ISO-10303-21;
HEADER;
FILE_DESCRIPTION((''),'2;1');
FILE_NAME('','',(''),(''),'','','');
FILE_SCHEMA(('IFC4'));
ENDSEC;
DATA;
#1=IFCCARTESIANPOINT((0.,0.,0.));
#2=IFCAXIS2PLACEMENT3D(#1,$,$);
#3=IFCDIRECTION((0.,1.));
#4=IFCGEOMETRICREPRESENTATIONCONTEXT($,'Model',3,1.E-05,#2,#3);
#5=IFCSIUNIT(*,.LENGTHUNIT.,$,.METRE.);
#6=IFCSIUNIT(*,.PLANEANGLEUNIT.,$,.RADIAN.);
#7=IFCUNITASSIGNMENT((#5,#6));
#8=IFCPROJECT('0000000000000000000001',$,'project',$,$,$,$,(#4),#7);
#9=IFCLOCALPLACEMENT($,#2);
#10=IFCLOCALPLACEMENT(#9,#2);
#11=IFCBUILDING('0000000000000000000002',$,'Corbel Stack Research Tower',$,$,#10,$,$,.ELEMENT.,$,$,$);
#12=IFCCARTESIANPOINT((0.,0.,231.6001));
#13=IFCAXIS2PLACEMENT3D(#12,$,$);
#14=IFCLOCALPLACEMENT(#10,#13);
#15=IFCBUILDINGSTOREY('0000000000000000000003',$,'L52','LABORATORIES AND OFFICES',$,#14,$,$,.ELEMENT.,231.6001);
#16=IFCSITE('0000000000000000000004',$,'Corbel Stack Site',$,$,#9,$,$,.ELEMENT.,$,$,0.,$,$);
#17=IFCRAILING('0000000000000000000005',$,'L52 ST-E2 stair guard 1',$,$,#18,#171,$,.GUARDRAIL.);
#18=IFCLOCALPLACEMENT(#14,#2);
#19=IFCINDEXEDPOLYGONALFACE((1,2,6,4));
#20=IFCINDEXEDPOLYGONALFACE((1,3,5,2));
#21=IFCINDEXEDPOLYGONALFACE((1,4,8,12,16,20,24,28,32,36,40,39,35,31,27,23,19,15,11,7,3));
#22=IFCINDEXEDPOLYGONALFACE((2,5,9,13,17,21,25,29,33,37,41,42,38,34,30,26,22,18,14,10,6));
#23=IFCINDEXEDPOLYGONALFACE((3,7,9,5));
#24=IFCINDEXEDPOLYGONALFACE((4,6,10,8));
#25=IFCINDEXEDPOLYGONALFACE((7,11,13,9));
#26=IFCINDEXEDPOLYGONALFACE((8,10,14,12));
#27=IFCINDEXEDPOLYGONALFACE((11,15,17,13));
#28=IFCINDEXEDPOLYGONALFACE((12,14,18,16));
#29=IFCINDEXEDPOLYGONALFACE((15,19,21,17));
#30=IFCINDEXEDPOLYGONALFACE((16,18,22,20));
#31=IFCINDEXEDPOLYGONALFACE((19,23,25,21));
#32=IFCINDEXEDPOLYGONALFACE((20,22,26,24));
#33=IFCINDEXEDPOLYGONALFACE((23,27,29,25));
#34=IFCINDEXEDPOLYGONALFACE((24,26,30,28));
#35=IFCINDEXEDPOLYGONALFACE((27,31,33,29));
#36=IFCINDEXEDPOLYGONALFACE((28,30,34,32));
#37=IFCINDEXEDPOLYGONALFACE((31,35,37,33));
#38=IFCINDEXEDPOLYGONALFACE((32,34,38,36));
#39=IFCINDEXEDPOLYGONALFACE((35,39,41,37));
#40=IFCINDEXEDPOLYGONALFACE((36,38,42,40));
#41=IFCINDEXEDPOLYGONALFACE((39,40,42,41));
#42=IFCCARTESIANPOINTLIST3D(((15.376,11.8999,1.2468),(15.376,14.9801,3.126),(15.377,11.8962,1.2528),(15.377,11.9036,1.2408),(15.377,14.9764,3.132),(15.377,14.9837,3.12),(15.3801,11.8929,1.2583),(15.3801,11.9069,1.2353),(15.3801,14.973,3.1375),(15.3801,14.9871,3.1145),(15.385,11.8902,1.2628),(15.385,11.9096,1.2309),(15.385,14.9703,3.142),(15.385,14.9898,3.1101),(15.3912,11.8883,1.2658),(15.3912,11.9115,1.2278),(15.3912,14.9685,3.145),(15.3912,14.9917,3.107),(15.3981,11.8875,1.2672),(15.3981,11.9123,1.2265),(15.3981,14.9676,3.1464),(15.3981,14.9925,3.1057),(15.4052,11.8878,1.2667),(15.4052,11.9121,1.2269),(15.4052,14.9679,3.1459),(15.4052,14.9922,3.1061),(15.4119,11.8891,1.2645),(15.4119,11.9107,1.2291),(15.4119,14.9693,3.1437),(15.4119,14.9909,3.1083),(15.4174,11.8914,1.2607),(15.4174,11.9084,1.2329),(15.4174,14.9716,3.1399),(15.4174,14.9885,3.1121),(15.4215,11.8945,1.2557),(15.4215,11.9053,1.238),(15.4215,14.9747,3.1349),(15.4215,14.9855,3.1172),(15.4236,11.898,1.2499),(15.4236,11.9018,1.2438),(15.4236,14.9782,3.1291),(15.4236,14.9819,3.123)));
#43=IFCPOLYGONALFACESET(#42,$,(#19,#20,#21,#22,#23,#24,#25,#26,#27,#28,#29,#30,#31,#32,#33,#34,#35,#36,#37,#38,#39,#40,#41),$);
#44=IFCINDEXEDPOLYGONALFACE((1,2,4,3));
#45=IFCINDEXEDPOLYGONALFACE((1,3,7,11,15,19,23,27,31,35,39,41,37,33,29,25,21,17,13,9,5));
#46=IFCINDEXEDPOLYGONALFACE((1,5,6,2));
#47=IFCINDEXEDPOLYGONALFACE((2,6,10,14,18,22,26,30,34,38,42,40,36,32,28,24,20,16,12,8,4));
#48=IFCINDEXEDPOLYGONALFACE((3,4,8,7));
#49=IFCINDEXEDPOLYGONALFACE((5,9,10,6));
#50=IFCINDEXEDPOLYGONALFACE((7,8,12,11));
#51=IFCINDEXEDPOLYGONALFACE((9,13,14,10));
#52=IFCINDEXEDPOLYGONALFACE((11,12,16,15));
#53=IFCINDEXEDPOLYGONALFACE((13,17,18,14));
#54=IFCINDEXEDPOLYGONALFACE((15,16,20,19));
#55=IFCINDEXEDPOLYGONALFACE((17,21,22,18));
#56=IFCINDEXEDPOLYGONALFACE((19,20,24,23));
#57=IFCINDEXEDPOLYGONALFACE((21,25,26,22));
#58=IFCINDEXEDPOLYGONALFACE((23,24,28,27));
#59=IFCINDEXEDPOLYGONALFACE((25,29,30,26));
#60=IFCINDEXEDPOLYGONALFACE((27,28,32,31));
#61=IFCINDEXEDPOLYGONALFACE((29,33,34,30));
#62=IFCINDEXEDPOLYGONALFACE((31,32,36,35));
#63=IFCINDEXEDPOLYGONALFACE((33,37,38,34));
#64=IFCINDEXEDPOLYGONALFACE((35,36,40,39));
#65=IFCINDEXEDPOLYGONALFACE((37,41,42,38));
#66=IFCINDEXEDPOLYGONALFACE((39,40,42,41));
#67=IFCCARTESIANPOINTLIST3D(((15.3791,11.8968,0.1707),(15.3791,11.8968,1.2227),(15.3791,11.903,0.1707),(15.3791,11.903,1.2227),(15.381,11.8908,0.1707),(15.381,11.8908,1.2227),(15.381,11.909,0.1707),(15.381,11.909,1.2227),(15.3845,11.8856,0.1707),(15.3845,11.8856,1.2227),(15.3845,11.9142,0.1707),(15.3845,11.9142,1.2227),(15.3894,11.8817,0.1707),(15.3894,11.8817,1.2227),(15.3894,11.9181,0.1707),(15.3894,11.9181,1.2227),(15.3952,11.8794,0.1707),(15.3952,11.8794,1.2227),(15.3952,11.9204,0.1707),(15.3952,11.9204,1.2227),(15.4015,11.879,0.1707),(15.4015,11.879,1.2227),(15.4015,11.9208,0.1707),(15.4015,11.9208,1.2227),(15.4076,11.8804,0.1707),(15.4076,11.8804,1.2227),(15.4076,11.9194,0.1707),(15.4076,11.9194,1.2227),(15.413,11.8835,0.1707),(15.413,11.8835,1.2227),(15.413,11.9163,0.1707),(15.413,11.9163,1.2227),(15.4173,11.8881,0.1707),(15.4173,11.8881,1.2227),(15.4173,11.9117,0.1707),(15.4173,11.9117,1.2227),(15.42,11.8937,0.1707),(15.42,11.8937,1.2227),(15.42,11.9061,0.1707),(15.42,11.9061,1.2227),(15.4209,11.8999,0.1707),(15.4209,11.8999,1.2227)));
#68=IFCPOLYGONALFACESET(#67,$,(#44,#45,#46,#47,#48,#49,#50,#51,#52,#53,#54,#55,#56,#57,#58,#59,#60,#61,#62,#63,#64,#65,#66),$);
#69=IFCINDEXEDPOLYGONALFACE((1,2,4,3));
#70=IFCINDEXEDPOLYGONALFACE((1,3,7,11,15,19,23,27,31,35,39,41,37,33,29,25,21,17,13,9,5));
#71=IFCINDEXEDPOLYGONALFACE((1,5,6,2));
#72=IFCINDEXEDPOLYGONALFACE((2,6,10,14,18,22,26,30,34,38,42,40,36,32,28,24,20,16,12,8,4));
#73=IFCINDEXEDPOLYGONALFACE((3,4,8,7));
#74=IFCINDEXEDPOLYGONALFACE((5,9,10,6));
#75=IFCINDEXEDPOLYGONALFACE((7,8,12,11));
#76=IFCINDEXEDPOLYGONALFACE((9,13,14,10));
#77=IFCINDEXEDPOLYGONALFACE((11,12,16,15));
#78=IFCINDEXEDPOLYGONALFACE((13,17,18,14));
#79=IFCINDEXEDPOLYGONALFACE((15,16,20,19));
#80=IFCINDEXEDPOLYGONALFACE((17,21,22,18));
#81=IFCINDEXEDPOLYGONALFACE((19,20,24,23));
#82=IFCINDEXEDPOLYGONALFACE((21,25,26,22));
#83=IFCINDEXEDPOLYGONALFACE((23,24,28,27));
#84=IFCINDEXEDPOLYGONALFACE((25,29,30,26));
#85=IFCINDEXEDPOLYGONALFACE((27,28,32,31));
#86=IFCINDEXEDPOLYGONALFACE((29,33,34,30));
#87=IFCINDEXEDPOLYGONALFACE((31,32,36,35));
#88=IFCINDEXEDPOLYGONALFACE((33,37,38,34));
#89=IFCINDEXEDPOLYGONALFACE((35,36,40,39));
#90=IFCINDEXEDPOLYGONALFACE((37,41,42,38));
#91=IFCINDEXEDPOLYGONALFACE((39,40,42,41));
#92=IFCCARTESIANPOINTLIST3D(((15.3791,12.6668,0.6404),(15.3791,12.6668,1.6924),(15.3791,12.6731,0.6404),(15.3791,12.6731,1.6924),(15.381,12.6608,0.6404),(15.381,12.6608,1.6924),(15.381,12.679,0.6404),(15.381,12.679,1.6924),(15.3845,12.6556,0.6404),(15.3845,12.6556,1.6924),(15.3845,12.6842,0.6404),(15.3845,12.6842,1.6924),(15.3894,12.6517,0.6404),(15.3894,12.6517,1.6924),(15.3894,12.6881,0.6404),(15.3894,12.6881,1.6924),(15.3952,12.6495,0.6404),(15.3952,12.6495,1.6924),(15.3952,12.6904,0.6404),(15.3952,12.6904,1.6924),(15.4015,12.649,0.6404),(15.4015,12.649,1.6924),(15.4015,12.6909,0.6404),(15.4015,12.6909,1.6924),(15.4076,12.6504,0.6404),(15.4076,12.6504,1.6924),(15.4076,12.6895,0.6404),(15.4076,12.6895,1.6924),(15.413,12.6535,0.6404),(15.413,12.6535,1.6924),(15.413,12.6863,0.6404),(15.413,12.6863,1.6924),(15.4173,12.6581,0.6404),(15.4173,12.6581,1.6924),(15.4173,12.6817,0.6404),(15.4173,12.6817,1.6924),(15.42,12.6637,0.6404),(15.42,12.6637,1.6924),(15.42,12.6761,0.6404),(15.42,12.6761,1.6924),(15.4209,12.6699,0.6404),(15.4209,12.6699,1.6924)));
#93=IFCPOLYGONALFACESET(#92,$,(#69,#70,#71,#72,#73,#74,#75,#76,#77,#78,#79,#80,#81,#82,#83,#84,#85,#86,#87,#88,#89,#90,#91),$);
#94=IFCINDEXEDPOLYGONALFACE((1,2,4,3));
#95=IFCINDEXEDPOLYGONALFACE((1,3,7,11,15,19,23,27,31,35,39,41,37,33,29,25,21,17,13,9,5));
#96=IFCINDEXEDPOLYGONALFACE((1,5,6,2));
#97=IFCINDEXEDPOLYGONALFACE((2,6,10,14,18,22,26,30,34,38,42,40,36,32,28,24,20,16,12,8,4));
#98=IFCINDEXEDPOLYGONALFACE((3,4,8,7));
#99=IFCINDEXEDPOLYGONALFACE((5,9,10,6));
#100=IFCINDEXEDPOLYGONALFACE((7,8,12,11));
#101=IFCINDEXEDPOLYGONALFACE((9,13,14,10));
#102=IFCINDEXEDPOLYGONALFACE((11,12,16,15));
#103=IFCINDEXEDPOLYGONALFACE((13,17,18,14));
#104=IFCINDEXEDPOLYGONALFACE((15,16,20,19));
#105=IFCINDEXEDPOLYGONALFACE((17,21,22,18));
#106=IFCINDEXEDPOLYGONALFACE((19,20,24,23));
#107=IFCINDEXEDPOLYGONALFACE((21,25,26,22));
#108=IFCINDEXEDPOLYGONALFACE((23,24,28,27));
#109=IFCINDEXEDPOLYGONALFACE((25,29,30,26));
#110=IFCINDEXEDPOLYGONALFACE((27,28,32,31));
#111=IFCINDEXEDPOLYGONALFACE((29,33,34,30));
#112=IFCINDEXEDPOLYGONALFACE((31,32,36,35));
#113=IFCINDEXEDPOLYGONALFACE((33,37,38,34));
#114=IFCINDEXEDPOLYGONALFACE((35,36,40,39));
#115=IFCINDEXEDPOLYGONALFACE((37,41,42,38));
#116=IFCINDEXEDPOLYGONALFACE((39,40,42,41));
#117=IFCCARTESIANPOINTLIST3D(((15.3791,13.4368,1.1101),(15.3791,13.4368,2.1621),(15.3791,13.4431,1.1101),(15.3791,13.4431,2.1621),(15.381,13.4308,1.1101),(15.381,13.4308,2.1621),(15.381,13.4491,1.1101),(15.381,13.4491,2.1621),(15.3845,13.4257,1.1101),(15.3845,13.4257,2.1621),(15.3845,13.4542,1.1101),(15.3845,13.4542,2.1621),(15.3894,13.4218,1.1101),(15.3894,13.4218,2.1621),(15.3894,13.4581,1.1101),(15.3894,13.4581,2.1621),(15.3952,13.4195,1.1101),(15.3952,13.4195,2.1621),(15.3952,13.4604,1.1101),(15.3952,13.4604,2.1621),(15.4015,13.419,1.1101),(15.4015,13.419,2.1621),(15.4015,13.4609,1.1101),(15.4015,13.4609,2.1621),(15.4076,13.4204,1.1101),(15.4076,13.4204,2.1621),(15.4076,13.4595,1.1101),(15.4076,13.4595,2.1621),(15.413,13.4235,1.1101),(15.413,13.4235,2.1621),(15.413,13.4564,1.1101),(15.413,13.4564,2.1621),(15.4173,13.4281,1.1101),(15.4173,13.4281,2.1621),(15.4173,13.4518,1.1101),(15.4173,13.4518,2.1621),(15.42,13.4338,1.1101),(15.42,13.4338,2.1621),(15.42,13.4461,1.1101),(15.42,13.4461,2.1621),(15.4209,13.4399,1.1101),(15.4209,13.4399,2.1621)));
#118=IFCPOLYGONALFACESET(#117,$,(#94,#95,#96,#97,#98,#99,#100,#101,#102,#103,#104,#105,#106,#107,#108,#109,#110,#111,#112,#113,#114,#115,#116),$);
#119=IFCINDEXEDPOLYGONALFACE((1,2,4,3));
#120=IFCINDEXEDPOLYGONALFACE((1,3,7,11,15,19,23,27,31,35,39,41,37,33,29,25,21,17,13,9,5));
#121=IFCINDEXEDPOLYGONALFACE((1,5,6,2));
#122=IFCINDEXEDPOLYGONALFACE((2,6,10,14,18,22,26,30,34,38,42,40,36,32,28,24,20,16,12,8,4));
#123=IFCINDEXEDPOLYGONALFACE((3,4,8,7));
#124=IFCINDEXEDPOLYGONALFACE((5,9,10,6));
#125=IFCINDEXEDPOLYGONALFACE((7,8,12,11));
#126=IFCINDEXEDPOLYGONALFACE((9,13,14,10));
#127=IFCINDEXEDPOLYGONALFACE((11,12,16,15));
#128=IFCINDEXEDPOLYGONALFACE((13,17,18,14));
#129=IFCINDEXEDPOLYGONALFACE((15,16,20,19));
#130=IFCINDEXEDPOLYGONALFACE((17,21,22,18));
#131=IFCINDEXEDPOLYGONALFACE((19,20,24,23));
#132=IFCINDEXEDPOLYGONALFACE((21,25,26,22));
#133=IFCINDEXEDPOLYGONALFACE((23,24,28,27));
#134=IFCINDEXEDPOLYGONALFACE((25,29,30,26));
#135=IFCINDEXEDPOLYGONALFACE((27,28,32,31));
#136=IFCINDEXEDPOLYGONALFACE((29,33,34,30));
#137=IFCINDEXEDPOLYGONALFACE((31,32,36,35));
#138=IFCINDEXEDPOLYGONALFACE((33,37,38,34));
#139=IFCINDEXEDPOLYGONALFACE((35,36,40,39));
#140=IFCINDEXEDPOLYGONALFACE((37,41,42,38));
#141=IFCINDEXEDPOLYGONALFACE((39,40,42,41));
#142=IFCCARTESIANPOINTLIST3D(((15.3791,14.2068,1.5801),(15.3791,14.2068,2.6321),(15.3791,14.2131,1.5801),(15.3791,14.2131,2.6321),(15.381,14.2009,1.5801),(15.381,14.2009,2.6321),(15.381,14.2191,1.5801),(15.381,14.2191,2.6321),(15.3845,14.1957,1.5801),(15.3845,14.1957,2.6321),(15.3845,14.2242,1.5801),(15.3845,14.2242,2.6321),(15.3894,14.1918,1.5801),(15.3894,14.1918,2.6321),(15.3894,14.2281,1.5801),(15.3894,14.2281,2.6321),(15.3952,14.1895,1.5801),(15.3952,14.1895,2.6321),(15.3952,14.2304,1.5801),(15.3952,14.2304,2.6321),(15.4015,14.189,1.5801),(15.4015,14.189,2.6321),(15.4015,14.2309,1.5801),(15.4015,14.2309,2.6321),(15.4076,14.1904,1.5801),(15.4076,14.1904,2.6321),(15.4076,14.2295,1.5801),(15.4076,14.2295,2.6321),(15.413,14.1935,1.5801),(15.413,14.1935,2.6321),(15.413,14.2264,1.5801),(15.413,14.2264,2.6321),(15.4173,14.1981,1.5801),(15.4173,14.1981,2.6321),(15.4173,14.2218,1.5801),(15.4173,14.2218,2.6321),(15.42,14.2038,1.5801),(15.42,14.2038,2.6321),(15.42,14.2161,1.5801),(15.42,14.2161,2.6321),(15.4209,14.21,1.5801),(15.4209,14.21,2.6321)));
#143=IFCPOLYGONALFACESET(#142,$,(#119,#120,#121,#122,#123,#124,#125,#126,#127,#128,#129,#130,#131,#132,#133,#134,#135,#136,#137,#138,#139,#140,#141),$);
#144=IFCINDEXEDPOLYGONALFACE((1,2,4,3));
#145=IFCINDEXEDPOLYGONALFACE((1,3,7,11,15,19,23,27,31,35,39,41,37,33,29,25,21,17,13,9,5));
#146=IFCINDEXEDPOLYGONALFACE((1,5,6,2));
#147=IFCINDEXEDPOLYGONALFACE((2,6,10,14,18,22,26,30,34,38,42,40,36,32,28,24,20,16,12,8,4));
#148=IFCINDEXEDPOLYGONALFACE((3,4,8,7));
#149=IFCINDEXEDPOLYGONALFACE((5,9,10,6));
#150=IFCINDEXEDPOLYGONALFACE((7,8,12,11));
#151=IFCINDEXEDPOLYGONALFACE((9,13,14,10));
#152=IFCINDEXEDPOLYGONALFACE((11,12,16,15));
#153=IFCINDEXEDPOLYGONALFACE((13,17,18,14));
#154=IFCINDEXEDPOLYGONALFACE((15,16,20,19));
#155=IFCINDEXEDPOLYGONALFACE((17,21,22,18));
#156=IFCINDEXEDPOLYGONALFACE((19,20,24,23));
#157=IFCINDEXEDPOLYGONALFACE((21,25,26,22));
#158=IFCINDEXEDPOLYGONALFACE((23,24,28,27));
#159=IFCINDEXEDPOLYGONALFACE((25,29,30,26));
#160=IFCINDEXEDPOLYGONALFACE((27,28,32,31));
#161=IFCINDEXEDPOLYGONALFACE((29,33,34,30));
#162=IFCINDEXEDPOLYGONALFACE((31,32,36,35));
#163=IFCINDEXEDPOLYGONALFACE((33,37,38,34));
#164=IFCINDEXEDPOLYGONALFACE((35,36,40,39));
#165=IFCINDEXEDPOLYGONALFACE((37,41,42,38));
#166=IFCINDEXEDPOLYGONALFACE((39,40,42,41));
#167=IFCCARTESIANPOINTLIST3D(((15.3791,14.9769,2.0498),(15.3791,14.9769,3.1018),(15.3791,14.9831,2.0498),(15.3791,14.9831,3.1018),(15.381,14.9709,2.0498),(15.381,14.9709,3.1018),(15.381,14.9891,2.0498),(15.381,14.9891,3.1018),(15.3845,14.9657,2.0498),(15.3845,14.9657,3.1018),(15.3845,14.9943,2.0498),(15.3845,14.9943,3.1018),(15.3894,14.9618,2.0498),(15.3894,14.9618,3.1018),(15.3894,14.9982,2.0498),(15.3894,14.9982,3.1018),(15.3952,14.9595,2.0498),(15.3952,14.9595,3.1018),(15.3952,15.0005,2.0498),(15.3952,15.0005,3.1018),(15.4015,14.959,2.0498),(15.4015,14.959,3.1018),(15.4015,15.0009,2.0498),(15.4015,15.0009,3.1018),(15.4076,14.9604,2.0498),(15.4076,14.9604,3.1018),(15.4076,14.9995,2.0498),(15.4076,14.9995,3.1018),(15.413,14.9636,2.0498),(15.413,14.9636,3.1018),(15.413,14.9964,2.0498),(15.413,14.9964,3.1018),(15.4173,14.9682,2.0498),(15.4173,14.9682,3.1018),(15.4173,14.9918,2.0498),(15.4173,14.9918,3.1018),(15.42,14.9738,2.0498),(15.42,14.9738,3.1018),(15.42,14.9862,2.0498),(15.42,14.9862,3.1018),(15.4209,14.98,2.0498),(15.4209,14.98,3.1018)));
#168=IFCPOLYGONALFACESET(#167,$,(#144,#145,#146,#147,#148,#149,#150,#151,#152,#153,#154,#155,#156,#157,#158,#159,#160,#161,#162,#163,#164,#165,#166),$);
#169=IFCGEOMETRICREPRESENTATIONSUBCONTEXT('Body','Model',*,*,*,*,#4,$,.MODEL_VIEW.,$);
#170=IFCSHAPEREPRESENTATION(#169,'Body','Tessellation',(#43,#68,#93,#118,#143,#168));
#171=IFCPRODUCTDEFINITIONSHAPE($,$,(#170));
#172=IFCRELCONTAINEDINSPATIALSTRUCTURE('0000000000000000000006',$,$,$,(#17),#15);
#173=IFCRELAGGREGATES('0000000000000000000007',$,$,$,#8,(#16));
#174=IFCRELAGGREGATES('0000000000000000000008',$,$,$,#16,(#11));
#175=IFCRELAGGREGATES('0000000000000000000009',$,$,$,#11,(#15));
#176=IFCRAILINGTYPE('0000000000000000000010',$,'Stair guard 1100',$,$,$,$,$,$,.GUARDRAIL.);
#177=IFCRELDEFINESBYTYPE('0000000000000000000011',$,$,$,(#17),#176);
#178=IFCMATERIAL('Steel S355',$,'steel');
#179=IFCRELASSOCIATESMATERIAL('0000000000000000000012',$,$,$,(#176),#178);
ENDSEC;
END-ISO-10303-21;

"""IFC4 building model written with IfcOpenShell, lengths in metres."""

from ifc_helpers import new_model, si_unit, direction, frame, origin, origin_2d, place, context, subcontext, project, spatial, circle, extrude, material, type_object, element, save


model = new_model("IFC4")

# Units and contexts
model_context = context("Model", 3, precision=1e-05, world=origin(), true_north=direction((0.0, 1.0)))
body_context = subcontext(model_context, "Body", "Model", "MODEL_VIEW")
ifc_project = project(units=[si_unit("LENGTHUNIT", "METRE"), si_unit("PLANEANGLEUNIT", "RADIAN")], contexts=[model_context])

# Site, building, storey
site_placement = place(None, origin())
site = spatial("IfcSite", under=ifc_project, at=site_placement, Name="Corbel Stack Site", CompositionType="ELEMENT", RefElevation=0.0)
building_placement = place(site_placement, origin())
building = spatial("IfcBuilding", under=site, at=building_placement, Name="Corbel Stack Research Tower", CompositionType="ELEMENT")
storey_placement = place(building_placement, frame((0.0, 0.0, 231.6001)))
storey = spatial("IfcBuildingStorey", under=building, at=storey_placement, Name="L52", Description="LABORATORIES AND OFFICES", CompositionType="ELEMENT", Elevation=231.6001)

# Railing
ifc_material_1 = material(Name="Steel S355", Category="steel")
railing_type_1 = type_object("IfcRailingType", Name="Stair guard 1100", PredefinedType="GUARDRAIL", material=ifc_material_1)
railing_1_placement = place(storey_placement, frame((15.3999, 11.8999, 0.1707)))
element("IfcRailing", 1, at=railing_1_placement, inside=storey, type_object=railing_type_1, Name="L52 ST-E2 stair guard 1", PredefinedType="GUARDRAIL", context=body_context, shape_type="SweptSolid", body=[
    extrude(circle(Radius=0.0239, at=origin_2d()), frame((0.0, 0.0, 1.0762), z_axis=(0.0, 0.853666, 0.52082), x_axis=(-1.0, 0.0, 0.0)), (0.0, 0.0, 1.0), 3.6082),
    extrude(circle(Radius=0.021, at=origin_2d()), origin(), (0.0, 0.0, 1.0), 1.052),
    extrude(circle(Radius=0.021, at=origin_2d()), frame((0.0, 0.77, 0.4697)), (0.0, 0.0, 1.0), 1.052),
    extrude(circle(Radius=0.021, at=origin_2d()), frame((0.0, 1.54, 0.9395)), (0.0, 0.0, 1.0), 1.052),
    extrude(circle(Radius=0.021, at=origin_2d()), frame((0.0, 2.3101, 1.4094)), (0.0, 0.0, 1.0), 1.052),
    extrude(circle(Radius=0.021, at=origin_2d()), frame((0.0, 3.0801, 1.8792)), (0.0, 0.0, 1.0), 1.052),
])

save(model, "model.ifc")
